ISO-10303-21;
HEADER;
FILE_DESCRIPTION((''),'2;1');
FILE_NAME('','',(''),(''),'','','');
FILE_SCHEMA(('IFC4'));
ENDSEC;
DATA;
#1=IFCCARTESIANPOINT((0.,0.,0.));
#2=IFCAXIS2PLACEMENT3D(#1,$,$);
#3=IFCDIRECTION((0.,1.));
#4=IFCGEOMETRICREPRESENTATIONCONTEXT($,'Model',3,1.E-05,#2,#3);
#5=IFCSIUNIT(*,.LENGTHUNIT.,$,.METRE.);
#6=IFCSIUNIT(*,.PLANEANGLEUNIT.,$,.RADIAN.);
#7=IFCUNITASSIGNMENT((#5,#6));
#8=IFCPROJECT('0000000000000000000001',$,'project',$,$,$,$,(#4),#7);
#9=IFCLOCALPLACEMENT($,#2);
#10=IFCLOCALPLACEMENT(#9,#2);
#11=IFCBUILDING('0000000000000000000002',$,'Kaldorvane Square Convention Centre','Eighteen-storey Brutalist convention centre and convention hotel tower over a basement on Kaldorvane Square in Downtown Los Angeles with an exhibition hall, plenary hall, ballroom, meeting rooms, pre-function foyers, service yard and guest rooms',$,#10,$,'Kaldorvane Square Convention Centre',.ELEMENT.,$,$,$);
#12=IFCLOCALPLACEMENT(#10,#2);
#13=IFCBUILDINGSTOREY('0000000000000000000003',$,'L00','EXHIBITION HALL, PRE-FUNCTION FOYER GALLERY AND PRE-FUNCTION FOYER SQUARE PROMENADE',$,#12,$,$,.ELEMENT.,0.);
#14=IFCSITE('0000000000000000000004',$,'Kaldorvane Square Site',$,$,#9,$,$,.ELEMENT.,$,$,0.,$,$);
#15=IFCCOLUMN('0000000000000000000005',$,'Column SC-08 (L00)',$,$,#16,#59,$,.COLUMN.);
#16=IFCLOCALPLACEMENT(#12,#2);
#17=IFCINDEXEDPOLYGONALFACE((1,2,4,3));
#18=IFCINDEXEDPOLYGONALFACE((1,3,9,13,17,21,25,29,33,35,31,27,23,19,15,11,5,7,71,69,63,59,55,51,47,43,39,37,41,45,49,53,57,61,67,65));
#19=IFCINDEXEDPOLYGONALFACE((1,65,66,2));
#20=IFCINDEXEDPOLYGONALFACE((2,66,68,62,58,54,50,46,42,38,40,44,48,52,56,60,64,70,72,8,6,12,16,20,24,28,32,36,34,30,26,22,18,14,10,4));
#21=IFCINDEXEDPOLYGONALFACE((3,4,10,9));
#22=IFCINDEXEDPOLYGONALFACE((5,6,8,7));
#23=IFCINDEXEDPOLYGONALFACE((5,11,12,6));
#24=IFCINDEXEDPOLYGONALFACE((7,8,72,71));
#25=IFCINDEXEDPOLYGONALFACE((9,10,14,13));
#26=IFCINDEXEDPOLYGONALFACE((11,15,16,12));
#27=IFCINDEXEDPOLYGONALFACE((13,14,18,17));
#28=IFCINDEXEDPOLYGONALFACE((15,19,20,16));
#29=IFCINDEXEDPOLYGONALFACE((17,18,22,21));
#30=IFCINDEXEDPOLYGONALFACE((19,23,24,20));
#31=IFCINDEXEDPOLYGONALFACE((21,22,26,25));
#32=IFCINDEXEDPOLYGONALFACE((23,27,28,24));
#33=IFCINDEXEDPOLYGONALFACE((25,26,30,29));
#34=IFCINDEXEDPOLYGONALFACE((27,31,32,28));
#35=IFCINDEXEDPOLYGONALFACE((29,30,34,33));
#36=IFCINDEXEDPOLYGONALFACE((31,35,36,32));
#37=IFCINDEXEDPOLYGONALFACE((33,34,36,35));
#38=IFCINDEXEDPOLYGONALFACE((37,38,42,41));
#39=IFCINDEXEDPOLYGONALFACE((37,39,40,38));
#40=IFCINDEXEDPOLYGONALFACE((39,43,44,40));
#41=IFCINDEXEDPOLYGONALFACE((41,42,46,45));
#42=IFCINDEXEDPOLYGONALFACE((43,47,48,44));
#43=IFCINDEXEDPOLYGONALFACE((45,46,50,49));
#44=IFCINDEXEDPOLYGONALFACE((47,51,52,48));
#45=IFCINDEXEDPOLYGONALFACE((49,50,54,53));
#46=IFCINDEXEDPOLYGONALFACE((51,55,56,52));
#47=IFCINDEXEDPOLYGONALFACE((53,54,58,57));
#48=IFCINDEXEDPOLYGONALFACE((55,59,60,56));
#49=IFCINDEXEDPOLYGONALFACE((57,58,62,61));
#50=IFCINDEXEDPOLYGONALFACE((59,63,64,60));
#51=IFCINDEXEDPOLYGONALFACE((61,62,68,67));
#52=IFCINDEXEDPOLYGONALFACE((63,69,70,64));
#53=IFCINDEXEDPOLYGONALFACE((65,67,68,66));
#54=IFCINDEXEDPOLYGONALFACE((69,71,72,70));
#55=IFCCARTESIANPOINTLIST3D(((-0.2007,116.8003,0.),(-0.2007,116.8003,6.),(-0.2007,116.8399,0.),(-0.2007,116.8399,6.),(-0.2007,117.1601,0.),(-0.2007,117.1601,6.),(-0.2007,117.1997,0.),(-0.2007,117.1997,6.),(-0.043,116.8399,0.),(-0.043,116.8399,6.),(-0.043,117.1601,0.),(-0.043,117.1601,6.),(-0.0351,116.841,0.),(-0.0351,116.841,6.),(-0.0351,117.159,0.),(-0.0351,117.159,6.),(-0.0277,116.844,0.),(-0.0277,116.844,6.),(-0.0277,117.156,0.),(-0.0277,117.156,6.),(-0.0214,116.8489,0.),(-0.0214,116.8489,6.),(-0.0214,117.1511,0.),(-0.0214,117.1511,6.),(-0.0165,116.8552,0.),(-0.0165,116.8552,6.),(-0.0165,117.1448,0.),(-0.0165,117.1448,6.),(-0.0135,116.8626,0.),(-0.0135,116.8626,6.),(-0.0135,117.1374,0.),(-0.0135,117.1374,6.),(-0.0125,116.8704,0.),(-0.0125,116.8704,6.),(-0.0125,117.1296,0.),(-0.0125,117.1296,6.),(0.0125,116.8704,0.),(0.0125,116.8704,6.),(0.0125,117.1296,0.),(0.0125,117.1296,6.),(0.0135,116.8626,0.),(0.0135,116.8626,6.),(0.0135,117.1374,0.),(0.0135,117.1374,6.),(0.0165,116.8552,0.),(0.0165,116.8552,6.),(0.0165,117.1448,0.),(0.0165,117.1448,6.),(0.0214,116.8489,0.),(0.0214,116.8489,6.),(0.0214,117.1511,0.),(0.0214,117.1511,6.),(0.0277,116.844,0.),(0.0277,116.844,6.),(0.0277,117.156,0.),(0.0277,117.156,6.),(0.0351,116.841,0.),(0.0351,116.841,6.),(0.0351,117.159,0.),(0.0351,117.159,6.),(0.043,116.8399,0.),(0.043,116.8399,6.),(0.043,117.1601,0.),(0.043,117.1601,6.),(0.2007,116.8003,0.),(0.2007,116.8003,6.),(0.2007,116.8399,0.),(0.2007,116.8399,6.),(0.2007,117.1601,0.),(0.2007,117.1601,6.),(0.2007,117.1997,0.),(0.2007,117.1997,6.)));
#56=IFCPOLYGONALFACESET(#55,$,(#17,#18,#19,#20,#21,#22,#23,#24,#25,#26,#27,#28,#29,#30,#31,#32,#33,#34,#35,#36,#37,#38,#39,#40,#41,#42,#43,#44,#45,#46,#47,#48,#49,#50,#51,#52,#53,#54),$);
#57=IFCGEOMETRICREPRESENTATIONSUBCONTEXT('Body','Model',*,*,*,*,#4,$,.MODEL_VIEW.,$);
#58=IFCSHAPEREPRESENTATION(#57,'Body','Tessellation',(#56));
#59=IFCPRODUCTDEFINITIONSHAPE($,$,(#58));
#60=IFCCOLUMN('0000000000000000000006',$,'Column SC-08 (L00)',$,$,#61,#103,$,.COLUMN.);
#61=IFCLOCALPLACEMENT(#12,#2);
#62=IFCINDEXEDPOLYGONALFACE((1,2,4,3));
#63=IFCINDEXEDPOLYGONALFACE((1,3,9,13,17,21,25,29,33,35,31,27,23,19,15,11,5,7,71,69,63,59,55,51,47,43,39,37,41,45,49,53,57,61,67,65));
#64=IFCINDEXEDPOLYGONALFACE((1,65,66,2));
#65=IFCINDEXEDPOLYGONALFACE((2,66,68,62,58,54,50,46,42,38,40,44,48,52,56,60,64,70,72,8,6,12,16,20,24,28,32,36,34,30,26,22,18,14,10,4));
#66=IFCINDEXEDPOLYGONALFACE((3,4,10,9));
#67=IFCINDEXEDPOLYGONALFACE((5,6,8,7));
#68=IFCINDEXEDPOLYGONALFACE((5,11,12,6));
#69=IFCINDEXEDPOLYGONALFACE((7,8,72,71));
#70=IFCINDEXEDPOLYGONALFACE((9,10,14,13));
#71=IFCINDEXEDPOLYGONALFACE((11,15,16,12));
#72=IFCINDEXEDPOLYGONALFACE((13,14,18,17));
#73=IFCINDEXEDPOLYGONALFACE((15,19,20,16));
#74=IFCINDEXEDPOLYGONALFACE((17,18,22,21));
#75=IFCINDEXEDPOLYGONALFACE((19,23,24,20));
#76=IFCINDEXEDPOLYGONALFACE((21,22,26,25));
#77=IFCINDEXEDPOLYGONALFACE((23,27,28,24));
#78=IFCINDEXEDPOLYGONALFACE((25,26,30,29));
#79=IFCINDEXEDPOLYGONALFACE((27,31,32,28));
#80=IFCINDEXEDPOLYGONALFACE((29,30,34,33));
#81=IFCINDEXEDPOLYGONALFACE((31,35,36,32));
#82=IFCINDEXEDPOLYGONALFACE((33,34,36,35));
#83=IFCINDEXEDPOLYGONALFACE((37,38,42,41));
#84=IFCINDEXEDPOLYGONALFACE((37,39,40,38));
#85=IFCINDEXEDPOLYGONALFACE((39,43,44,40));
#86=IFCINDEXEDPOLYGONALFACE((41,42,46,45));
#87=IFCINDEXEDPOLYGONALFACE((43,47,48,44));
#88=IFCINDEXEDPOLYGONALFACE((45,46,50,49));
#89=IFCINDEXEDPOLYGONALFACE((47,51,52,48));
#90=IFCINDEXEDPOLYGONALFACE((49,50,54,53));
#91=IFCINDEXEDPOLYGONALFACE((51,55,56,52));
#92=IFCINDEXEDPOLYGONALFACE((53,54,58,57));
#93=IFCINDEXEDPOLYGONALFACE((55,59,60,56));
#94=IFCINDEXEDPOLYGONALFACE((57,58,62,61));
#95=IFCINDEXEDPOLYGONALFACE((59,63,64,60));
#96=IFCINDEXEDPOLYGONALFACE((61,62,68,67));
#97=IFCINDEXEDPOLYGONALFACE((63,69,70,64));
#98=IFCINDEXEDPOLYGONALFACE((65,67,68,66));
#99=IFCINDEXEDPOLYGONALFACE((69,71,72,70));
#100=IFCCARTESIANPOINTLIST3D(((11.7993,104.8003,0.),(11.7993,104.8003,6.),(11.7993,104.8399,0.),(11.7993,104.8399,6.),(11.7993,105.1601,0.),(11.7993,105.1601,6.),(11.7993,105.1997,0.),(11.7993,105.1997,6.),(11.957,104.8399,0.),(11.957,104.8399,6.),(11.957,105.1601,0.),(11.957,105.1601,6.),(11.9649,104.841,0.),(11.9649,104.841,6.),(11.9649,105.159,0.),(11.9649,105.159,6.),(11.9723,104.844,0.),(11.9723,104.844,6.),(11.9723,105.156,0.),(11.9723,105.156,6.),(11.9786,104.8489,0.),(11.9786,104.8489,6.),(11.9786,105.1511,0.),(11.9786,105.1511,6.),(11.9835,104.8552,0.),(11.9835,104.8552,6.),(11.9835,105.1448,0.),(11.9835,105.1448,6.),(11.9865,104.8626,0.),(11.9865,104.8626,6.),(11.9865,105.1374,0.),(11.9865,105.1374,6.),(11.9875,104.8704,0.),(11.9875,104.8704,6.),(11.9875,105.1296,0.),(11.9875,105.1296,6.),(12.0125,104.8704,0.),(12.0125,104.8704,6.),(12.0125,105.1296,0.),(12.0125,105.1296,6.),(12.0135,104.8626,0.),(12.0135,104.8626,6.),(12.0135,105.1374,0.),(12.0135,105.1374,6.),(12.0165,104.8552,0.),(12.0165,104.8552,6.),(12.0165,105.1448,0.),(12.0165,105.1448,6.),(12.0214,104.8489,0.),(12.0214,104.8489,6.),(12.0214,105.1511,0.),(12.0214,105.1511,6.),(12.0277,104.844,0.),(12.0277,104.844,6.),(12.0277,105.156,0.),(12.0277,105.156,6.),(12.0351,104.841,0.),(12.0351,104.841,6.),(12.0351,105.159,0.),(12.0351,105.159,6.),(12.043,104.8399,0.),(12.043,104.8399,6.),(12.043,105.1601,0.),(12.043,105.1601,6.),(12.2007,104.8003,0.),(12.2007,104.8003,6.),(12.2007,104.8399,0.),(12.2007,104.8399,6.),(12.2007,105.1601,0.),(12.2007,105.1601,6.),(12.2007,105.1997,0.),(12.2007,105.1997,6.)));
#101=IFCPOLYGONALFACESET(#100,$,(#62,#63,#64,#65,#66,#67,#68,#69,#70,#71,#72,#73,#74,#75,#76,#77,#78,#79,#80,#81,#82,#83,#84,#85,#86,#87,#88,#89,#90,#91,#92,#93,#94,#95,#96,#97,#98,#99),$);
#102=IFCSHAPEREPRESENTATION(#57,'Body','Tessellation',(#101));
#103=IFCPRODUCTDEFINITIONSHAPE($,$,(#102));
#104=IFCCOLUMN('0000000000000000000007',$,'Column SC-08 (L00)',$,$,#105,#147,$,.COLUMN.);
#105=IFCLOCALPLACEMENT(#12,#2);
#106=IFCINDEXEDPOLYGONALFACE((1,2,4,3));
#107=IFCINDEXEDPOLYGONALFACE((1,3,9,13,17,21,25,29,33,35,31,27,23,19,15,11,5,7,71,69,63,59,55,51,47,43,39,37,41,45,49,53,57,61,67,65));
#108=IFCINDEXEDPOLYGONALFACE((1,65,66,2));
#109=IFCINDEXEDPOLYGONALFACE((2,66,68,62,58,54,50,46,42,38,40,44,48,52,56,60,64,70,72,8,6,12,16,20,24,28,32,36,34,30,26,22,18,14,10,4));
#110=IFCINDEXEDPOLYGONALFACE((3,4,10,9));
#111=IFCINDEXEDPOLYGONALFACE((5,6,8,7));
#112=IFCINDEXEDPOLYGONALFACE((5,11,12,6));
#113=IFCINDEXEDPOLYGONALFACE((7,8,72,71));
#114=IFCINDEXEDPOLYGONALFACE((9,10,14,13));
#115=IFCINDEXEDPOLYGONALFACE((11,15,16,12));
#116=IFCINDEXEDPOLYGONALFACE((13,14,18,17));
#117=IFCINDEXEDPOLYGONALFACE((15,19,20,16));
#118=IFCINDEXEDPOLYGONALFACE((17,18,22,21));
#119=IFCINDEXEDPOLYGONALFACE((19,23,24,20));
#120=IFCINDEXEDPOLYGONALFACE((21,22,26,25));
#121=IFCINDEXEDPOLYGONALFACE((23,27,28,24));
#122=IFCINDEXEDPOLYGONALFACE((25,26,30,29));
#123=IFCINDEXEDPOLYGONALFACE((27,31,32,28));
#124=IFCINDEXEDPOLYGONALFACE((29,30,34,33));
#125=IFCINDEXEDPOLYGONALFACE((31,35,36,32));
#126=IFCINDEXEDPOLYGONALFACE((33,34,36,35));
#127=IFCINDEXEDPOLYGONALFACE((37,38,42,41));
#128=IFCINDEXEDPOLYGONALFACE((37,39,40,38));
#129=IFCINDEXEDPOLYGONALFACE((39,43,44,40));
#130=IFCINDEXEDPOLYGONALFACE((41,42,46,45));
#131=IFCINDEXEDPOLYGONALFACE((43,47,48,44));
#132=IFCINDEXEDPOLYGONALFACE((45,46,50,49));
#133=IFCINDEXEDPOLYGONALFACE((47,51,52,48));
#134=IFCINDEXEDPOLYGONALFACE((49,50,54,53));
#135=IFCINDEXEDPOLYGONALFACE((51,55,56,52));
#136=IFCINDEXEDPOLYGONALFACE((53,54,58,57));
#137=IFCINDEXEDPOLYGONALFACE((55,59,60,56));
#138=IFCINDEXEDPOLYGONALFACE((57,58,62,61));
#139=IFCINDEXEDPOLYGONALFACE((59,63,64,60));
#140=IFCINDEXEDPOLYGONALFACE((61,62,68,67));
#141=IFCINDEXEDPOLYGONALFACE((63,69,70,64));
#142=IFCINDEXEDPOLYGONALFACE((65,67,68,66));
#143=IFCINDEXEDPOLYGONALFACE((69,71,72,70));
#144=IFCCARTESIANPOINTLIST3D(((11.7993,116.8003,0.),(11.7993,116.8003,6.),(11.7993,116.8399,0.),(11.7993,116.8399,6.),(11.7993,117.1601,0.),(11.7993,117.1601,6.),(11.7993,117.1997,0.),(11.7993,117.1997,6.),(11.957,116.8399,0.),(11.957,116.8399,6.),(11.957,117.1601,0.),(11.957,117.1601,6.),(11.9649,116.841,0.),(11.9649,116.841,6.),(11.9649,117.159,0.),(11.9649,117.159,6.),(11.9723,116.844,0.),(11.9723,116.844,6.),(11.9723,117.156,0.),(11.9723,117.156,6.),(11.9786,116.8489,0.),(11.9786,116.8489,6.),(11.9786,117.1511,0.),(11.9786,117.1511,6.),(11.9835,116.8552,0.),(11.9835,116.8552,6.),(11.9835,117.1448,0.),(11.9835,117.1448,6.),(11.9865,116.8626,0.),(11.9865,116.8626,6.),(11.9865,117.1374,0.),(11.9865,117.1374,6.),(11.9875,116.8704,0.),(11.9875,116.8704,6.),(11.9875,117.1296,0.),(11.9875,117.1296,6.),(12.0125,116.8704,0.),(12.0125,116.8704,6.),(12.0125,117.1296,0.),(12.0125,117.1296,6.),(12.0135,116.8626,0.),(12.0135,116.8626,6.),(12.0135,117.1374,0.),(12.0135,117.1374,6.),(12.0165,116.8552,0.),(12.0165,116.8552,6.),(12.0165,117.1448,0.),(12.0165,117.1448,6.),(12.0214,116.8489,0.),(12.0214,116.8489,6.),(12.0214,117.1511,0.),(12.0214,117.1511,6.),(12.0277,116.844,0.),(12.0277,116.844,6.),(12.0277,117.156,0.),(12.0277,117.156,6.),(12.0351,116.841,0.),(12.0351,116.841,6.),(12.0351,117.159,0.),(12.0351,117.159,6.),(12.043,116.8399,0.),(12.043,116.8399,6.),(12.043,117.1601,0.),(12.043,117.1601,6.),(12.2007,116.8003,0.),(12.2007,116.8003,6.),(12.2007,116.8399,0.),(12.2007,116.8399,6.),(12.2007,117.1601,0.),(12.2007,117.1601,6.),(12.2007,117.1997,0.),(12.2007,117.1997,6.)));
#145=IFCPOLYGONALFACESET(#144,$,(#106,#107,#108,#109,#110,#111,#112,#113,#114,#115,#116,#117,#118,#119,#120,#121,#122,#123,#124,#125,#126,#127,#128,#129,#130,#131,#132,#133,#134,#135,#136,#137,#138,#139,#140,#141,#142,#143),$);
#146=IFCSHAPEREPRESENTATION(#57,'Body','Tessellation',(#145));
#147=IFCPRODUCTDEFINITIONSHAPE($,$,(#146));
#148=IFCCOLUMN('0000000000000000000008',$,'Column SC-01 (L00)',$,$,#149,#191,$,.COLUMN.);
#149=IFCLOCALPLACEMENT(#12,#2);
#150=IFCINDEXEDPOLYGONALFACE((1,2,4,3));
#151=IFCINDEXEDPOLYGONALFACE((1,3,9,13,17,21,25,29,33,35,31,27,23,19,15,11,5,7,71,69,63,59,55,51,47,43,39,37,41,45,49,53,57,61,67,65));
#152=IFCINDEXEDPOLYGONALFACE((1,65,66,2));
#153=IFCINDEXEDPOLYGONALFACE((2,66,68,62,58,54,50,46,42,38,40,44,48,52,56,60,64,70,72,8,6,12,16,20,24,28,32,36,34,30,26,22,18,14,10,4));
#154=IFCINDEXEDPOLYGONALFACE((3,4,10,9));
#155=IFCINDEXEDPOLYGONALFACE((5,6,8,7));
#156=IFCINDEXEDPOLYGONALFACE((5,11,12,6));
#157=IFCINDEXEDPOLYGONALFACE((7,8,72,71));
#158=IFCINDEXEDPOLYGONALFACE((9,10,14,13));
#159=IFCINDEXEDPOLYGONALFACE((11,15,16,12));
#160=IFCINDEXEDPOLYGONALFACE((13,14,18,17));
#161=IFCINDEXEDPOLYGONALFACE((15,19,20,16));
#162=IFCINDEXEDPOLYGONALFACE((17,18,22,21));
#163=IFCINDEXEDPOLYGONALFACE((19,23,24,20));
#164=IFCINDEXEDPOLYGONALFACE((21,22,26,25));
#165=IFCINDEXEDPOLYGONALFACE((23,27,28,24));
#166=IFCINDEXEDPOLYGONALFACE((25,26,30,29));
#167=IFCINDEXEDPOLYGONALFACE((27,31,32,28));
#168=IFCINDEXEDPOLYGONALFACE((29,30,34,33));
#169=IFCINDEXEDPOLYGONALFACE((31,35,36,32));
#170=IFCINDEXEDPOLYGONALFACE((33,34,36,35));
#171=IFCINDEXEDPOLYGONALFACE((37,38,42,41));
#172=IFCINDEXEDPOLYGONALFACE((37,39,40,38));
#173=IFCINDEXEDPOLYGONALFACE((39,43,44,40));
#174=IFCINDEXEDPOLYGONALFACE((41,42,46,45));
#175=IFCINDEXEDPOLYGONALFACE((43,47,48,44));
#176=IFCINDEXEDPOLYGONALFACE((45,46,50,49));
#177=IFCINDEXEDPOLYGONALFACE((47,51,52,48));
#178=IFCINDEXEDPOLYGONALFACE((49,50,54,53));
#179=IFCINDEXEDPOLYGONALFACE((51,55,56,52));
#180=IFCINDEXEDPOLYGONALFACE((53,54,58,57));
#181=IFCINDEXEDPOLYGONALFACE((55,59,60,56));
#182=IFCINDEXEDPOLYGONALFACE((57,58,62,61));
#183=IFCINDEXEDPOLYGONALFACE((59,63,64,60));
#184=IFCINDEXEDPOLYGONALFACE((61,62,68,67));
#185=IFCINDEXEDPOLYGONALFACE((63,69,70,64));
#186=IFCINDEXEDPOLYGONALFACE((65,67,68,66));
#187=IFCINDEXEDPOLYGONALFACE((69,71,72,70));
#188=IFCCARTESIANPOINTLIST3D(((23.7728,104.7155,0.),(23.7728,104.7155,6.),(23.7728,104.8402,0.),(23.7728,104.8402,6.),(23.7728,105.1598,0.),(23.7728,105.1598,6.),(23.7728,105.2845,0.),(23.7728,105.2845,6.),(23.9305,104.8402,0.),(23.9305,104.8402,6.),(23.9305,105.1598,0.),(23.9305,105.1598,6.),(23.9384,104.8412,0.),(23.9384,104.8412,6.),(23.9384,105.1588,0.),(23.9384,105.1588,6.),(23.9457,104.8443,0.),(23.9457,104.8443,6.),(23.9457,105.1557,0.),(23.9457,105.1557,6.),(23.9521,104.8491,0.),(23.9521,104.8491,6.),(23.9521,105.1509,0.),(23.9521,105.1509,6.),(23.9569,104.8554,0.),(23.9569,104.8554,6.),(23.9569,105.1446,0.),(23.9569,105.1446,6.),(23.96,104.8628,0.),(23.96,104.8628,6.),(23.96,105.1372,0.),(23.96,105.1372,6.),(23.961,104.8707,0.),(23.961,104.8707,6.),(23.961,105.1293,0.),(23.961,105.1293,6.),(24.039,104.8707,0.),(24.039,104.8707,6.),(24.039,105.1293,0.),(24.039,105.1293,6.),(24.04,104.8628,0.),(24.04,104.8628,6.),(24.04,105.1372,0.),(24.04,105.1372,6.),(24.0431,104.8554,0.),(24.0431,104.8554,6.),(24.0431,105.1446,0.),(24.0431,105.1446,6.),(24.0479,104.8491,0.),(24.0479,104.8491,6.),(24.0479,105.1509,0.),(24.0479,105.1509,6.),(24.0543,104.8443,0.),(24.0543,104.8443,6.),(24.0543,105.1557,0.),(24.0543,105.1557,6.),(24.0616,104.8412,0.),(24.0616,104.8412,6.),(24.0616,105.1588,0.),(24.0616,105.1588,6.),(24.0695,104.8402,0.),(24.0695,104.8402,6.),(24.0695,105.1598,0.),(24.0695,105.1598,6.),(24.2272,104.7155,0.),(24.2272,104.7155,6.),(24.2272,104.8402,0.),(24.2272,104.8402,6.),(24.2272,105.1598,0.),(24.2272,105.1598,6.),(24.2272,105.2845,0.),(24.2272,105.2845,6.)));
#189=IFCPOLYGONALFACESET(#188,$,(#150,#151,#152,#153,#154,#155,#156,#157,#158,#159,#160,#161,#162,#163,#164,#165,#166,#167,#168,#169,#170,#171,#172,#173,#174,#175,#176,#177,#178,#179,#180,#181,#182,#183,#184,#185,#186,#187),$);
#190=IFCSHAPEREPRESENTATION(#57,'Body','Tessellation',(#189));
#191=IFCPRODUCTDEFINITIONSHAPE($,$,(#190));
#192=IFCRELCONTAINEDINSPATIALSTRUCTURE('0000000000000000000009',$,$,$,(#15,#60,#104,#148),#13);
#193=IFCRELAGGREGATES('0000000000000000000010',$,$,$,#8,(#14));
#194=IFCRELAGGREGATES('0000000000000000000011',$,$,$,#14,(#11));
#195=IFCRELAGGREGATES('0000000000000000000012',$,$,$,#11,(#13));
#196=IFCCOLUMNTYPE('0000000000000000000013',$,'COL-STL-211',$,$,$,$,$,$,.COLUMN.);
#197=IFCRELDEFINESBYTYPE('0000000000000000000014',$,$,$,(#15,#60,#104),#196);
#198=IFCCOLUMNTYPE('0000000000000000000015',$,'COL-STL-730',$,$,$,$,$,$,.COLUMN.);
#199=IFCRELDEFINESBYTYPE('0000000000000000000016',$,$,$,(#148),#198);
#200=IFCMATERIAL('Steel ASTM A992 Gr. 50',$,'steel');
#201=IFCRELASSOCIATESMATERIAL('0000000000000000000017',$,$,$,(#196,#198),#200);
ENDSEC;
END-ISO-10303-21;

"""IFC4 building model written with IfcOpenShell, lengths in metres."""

from ifc_helpers import new_model, si_unit, direction, frame, origin, origin_2d, place, context, subcontext, project, spatial, i_section, extrude, material, material_profile, profile_set, type_object, element, save


model = new_model("IFC4")

# Units and contexts
model_context = context("Model", 3, precision=1e-05, world=origin(), true_north=direction((0.0, 1.0)))
body_context = subcontext(model_context, "Body", "Model", "MODEL_VIEW")
ifc_project = project(units=[si_unit("LENGTHUNIT", "METRE"), si_unit("PLANEANGLEUNIT", "RADIAN")], contexts=[model_context])

# Site, building, storey
site_placement = place(None, origin())
site = spatial("IfcSite", under=ifc_project, at=site_placement, Name="Kaldorvane Square Site", CompositionType="ELEMENT", RefElevation=0.0)
building_placement = place(site_placement, origin())
building = spatial("IfcBuilding", under=site, at=building_placement, Name="Kaldorvane Square Convention Centre", Description="Eighteen-storey Brutalist convention centre and convention hotel tower over a basement on Kaldorvane Square in Downtown Los Angeles with an exhibition hall, plenary hall, ballroom, meeting rooms, pre-function foyers, service yard and guest rooms", LongName="Kaldorvane Square Convention Centre", CompositionType="ELEMENT")
storey_placement = place(building_placement, origin())
storey = spatial("IfcBuildingStorey", under=building, at=storey_placement, Name="L00", Description="EXHIBITION HALL, PRE-FUNCTION FOYER GALLERY AND PRE-FUNCTION FOYER SQUARE PROMENADE", CompositionType="ELEMENT", Elevation=0.0)

# Columns
ifc_material_1 = material(Name="Steel ASTM A992 Gr. 50", Category="steel")
ifc_material_profile_1 = material_profile(ifc_material_1, i_section(OverallWidth=0.4013, OverallDepth=0.3993, WebThickness=0.0249, FlangeThickness=0.0396, FilletRadius=0.0305, at=origin_2d()), Name="W14X211")
ifc_profile_set_1 = profile_set([ifc_material_profile_1], Name="Steel ASTM A992 Gr. 50")
column_type_1 = type_object("IfcColumnType", Name="COL-STL-211", PredefinedType="COLUMN", material=ifc_profile_set_1)
for number, where, z_axis, x_axis, name in (
    (1, (0.0, 117.0, 0.0), (0.0, 0.0, 1.0), (1.0, 0.0, 0.0), "Column SC-08 (L00)"),
    (2, (12.0, 105.0, 0.0), (0.0, 0.0, 1.0), (1.0, 0.0, 0.0), "Column SC-08 (L00)"),
    (3, (12.0, 117.0, 0.0), (0.0, 0.0, 1.0), (1.0, 0.0, 0.0), "Column SC-08 (L00)"),
):
    element("IfcColumn", number, at=place(storey_placement, frame(where, z_axis=z_axis, x_axis=x_axis)), inside=storey, type_object=column_type_1, Name=name, PredefinedType="COLUMN", context=body_context, shape_type="SweptSolid", body=[
        extrude(i_section(OverallWidth=0.4013, OverallDepth=0.3993, WebThickness=0.0249, FlangeThickness=0.0396, FilletRadius=0.0305, at=origin_2d()), origin(), (0.0, 0.0, 1.0), 6.0),
    ])
ifc_material_profile_2 = material_profile(ifc_material_1, i_section(OverallWidth=0.4544, OverallDepth=0.569, WebThickness=0.078, FlangeThickness=0.1247, FilletRadius=0.0305, at=origin_2d()), Name="W14X730")
ifc_profile_set_2 = profile_set([ifc_material_profile_2], Name="Steel ASTM A992 Gr. 50")
column_type_2 = type_object("IfcColumnType", Name="COL-STL-730", PredefinedType="COLUMN", material=ifc_profile_set_2)
column_1_placement = place(storey_placement, frame((24.0, 105.0, 0.0), z_axis=(0.0, 0.0, 1.0), x_axis=(1.0, 0.0, 0.0)))
element("IfcColumn", 4, at=column_1_placement, inside=storey, type_object=column_type_2, Name="Column SC-01 (L00)", PredefinedType="COLUMN", context=body_context, shape_type="SweptSolid", body=[
    extrude(i_section(OverallWidth=0.4544, OverallDepth=0.569, WebThickness=0.078, FlangeThickness=0.1247, FilletRadius=0.0305, at=origin_2d()), origin(), (0.0, 0.0, 1.0), 6.0),
])

save(model, "model.ifc")
